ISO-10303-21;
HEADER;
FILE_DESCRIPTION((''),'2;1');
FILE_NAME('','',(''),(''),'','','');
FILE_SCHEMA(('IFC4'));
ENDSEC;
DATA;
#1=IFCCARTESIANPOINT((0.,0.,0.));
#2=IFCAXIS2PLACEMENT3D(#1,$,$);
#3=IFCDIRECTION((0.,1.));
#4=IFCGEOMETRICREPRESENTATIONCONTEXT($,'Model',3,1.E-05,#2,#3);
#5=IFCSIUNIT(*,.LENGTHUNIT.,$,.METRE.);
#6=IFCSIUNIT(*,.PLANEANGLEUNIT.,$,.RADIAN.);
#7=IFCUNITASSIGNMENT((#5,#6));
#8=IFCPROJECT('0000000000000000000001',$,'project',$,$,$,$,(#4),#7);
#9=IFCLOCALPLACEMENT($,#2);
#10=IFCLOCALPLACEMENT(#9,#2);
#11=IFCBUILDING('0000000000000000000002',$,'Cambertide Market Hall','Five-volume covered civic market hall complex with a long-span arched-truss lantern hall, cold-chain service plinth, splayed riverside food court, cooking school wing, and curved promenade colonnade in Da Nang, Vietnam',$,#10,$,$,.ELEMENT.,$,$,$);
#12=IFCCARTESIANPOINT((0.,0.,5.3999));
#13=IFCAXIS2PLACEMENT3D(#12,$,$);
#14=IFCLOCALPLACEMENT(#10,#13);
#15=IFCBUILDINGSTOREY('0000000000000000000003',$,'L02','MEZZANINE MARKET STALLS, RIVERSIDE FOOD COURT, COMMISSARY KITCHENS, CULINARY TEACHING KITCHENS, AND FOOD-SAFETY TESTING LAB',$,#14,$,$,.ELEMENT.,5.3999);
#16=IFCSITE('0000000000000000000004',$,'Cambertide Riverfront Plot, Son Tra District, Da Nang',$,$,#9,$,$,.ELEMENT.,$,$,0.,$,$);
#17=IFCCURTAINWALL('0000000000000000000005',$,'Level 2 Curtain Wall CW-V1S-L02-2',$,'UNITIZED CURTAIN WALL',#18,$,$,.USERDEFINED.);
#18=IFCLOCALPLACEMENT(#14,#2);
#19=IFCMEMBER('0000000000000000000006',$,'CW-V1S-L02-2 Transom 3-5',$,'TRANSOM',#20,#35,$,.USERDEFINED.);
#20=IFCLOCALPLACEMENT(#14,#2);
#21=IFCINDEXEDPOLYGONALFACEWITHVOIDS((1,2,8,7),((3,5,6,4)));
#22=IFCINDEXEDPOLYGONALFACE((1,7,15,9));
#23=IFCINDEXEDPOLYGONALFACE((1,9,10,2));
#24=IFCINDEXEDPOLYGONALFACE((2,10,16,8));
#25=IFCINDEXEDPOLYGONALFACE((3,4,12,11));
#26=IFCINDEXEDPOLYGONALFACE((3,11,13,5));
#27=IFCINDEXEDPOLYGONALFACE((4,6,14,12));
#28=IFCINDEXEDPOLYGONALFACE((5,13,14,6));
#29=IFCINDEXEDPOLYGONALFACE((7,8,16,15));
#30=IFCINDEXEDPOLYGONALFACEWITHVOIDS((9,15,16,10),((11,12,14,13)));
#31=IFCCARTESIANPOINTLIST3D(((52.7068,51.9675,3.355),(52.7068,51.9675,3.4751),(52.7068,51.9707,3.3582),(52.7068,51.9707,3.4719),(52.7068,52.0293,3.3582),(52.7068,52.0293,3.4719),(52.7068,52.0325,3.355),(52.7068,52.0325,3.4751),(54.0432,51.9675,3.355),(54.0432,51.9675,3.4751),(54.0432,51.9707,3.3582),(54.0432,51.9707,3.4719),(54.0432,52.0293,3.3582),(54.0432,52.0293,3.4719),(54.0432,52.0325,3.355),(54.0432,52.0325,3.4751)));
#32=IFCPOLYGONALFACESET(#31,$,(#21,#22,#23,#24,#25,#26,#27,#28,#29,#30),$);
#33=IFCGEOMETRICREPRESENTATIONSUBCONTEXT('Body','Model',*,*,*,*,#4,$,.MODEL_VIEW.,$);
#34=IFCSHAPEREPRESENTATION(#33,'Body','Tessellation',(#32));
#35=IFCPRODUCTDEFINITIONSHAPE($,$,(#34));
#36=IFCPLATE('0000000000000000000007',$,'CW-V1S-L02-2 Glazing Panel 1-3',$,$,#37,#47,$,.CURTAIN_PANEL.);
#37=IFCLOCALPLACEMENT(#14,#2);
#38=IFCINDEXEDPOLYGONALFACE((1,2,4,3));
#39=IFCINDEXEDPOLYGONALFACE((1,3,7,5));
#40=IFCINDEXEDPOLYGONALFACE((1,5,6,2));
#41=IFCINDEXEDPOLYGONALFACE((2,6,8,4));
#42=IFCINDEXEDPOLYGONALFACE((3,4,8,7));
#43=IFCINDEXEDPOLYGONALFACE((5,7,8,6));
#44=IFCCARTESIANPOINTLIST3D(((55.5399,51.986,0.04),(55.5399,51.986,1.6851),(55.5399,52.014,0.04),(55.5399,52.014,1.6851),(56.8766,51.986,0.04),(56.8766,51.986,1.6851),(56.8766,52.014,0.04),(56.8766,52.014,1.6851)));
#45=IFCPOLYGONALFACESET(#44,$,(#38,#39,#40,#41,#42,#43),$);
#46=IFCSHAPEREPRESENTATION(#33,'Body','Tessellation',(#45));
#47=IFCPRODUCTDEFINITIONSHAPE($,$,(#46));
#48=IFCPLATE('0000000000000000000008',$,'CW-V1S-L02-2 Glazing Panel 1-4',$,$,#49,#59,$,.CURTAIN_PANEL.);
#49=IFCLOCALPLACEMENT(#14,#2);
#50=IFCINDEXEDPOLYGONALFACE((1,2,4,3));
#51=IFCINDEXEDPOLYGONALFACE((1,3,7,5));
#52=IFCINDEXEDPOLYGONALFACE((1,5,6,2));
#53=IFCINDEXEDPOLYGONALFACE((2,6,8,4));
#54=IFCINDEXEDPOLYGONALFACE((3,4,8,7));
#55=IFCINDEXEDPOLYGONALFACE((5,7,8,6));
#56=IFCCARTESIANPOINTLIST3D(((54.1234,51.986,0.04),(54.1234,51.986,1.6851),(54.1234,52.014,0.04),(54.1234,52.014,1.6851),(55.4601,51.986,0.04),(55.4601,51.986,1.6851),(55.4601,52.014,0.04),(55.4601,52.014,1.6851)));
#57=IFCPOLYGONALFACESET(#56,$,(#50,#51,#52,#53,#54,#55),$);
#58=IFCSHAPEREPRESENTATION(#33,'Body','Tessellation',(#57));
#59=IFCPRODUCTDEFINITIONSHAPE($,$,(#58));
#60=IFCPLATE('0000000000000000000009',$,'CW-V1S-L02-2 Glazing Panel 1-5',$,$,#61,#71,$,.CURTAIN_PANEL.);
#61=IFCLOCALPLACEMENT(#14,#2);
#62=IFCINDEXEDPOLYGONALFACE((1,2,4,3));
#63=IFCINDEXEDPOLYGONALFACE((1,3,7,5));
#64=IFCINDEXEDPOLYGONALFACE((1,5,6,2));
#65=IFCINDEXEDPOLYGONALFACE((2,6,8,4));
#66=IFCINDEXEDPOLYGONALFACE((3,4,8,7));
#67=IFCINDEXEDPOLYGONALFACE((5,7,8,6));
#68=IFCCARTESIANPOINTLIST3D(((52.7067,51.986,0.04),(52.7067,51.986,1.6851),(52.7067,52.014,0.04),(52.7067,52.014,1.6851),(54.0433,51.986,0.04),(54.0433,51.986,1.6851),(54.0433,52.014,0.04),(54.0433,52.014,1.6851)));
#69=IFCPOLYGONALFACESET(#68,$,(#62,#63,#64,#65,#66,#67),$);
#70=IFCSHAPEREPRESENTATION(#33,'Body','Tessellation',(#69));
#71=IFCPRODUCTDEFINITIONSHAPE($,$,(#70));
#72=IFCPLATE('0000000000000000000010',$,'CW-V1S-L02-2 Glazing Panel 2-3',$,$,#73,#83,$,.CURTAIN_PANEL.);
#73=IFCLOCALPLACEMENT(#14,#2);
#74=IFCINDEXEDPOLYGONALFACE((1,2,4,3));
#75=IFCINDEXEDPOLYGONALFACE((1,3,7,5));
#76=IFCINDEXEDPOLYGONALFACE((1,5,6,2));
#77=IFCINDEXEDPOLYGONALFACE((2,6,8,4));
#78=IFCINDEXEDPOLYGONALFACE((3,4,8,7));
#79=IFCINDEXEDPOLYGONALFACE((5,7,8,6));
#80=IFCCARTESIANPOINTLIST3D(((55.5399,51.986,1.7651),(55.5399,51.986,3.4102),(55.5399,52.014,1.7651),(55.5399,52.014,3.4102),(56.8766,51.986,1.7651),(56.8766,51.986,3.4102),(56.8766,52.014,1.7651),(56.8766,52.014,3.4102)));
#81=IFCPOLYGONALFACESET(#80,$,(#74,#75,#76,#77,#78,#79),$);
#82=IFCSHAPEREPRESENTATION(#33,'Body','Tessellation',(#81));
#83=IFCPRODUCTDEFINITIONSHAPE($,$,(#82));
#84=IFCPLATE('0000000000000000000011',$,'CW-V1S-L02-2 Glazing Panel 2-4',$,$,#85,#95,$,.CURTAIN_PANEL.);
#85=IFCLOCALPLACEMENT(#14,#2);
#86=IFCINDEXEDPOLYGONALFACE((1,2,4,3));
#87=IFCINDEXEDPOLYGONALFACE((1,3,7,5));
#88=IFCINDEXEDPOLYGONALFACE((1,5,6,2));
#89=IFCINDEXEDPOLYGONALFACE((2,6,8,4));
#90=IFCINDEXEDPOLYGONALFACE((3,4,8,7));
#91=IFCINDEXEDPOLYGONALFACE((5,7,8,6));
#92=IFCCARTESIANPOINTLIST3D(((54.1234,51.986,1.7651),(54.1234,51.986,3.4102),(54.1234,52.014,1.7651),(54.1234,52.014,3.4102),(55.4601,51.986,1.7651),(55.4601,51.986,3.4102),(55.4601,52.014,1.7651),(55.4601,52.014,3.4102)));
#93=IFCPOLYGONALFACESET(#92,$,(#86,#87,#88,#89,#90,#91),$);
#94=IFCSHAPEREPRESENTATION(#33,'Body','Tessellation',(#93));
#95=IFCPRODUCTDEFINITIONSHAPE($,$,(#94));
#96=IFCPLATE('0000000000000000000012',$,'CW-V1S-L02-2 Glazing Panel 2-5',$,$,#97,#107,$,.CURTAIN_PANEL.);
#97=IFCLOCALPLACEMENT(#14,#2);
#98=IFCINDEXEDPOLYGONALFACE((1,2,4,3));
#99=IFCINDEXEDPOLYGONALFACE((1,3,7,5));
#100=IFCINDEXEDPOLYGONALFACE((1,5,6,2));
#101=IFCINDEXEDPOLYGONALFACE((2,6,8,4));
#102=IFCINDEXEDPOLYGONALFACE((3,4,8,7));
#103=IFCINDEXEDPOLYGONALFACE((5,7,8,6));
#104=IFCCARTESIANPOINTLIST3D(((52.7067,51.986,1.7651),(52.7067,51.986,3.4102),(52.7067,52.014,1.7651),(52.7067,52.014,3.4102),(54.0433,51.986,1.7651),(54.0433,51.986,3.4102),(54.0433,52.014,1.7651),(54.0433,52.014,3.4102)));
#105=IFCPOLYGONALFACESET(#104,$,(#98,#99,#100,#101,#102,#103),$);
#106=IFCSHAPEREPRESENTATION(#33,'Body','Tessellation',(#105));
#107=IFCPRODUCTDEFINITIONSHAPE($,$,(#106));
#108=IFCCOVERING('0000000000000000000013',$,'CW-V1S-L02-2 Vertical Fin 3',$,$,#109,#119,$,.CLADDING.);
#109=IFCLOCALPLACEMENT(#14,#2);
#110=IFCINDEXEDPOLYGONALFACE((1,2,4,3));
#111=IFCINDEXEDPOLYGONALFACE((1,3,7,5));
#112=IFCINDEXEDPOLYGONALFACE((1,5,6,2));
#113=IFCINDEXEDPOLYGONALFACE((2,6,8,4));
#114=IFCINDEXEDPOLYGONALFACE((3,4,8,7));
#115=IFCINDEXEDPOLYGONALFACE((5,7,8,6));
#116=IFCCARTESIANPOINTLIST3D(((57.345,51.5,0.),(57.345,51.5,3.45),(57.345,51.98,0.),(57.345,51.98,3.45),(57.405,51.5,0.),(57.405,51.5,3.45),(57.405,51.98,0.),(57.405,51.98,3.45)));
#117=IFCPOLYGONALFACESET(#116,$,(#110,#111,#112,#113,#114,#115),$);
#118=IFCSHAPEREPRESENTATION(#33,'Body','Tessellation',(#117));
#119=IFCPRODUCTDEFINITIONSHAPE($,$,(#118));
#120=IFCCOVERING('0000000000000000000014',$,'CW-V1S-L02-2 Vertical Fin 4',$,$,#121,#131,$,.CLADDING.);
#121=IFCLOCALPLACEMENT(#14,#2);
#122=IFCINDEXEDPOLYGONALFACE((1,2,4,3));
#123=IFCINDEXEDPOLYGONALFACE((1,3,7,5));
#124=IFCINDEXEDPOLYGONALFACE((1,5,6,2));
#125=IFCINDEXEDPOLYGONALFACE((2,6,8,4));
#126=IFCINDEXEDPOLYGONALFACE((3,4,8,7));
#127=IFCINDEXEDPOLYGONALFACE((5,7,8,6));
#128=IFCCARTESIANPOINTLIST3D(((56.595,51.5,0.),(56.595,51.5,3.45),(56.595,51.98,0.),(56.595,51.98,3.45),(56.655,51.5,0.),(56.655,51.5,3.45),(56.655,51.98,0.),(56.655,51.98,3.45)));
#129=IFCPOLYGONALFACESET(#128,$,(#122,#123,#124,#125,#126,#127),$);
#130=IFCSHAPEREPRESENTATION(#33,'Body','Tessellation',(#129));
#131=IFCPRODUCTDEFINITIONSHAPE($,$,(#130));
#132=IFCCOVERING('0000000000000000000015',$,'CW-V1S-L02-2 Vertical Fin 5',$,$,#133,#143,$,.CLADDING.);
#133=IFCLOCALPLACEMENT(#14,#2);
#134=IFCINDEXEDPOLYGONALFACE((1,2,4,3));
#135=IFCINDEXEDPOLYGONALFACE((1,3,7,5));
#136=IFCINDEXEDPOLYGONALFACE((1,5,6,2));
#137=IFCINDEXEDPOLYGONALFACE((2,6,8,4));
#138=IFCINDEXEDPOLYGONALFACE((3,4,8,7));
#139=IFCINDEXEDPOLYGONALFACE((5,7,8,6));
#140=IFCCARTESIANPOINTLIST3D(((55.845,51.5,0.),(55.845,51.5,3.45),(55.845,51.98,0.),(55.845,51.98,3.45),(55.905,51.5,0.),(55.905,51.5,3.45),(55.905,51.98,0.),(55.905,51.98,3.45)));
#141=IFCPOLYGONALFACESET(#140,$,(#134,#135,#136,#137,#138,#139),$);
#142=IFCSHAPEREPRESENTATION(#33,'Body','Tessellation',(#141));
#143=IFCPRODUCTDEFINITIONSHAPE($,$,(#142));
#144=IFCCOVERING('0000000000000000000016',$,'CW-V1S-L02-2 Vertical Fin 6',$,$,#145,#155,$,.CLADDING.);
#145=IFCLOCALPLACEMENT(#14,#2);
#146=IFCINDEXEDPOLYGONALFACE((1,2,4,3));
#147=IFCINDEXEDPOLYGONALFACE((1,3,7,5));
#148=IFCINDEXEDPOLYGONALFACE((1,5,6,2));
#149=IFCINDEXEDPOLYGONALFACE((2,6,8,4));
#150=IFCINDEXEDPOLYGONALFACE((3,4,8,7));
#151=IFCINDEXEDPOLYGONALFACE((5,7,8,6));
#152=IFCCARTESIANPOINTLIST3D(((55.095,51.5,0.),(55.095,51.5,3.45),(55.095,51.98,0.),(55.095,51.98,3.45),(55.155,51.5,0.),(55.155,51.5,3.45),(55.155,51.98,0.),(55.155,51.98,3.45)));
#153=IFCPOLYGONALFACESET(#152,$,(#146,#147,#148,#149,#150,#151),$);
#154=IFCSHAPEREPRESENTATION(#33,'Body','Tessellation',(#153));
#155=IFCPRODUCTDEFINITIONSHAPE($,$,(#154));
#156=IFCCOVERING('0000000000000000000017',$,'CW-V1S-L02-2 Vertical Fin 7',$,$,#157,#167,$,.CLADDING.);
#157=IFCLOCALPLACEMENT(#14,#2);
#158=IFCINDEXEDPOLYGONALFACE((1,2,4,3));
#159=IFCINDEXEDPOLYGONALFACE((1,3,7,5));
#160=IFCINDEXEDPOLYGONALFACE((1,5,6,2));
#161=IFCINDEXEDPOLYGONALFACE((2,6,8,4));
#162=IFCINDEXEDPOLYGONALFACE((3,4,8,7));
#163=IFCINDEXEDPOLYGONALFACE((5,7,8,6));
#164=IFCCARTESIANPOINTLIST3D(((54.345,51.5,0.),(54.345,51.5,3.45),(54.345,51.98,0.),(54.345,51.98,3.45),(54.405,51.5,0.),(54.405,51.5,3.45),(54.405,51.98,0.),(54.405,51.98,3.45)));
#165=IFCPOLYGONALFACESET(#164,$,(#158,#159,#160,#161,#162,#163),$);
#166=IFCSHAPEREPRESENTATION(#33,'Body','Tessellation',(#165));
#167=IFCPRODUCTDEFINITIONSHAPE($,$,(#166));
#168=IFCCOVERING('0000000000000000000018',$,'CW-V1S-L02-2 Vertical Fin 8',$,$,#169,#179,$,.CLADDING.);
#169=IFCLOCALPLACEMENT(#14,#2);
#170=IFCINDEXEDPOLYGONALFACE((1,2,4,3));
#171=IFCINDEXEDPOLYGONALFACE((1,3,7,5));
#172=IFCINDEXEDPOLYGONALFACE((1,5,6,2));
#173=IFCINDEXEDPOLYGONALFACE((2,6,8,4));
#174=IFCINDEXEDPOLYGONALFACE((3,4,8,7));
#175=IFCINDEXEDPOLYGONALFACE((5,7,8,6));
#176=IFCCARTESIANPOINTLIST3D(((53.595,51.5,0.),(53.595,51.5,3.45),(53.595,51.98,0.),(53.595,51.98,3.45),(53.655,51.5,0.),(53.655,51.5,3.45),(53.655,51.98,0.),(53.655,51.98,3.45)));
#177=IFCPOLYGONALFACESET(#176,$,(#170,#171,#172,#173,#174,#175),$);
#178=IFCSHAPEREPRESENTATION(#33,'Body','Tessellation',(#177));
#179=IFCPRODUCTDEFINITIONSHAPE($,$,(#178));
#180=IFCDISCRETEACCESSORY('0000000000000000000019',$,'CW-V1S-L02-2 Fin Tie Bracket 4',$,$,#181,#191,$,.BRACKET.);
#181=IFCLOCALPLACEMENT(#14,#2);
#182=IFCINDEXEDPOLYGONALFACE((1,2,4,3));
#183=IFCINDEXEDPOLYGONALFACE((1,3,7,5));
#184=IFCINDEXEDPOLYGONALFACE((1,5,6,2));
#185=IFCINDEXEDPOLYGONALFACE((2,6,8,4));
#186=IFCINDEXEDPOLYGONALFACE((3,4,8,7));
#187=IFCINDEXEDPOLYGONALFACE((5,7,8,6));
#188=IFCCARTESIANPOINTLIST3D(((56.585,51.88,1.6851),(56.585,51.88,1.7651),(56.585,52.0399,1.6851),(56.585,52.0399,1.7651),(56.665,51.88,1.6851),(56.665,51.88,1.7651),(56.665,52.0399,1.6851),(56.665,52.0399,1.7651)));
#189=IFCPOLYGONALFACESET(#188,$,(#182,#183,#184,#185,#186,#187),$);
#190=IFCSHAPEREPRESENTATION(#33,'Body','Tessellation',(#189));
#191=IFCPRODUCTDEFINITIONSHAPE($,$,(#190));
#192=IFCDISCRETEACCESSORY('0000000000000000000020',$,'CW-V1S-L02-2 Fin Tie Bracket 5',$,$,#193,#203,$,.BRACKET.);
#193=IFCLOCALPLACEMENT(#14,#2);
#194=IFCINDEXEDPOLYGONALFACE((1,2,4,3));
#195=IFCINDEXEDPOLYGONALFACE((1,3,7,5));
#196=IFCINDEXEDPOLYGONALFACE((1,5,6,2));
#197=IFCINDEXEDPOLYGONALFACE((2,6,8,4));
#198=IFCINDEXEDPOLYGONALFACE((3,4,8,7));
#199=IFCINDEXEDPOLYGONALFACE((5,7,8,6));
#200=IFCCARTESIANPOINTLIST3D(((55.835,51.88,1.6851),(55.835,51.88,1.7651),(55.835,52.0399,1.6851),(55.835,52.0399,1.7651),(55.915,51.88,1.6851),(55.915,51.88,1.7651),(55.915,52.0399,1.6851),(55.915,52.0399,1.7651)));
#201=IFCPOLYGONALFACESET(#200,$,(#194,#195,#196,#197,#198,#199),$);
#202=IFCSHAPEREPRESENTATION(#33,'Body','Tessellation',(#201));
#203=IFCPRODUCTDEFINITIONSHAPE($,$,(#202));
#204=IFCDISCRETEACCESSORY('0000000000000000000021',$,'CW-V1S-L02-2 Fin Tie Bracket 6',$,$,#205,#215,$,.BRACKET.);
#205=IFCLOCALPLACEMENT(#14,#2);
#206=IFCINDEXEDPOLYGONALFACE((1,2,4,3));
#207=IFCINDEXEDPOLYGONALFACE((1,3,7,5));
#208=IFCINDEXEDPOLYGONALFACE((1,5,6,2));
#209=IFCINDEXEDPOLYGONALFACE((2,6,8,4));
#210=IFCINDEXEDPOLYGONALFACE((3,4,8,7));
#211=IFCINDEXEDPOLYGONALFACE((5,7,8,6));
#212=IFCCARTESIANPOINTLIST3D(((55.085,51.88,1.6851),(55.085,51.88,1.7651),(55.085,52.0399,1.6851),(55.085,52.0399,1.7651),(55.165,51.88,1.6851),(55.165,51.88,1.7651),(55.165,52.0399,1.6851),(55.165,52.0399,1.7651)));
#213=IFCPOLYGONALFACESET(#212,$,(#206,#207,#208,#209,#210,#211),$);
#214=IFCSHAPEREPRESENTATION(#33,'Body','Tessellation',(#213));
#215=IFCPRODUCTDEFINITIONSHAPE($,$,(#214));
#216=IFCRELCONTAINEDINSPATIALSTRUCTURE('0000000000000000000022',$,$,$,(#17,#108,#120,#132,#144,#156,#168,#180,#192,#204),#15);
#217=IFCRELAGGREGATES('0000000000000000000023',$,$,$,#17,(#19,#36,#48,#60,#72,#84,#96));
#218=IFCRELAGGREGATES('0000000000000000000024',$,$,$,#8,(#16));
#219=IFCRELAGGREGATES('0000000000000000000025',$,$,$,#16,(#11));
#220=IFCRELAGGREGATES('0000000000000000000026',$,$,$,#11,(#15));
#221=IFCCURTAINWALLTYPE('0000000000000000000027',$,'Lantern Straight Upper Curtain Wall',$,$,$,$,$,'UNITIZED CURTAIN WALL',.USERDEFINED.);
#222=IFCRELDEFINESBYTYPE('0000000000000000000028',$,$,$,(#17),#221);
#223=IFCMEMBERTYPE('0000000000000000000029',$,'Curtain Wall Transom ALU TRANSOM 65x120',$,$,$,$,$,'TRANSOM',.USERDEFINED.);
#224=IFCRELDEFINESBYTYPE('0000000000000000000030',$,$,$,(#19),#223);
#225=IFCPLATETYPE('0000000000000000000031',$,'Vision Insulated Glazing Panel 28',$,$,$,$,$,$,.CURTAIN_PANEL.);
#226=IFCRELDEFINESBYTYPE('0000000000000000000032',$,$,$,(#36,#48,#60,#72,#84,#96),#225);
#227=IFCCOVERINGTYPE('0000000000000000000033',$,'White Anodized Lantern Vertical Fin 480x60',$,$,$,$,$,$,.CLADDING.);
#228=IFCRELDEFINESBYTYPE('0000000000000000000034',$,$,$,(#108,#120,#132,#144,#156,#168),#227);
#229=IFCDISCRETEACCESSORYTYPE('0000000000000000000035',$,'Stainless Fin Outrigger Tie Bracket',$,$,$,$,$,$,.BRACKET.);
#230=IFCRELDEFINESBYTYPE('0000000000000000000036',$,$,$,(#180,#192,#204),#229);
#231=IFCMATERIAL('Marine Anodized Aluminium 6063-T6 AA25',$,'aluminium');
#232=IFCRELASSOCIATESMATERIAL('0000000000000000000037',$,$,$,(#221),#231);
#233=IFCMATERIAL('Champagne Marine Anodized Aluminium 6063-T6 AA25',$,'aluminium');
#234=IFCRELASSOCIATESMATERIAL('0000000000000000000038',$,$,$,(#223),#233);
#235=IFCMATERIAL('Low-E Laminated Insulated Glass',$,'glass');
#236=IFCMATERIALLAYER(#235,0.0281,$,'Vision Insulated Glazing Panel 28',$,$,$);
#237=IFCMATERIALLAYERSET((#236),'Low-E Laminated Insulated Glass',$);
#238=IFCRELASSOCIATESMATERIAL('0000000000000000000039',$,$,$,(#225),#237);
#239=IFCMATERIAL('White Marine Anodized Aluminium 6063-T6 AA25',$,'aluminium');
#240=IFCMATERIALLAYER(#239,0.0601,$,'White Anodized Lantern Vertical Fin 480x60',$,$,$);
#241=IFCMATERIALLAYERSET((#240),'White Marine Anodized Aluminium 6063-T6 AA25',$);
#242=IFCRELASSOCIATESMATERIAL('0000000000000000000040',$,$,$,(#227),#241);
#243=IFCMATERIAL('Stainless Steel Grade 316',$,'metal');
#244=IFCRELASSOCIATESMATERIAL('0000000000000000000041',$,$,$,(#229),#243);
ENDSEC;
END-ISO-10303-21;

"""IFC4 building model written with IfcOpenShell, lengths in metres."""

from ifc_helpers import new_model, si_unit, direction, frame, origin, origin_2d, place, context, subcontext, project, spatial, rectangle, hollow_rectangle, extrude, material, layer, layer_set, material_profile, profile_set, type_object, element, aggregate, save


model = new_model("IFC4")

# Units and contexts
model_context = context("Model", 3, precision=1e-05, world=origin(), true_north=direction((0.0, 1.0)))
body_context = subcontext(model_context, "Body", "Model", "MODEL_VIEW")
ifc_project = project(units=[si_unit("LENGTHUNIT", "METRE"), si_unit("PLANEANGLEUNIT", "RADIAN")], contexts=[model_context])

# Site, building, storey
site_placement = place(None, origin())
site = spatial("IfcSite", under=ifc_project, at=site_placement, Name="Cambertide Riverfront Plot, Son Tra District, Da Nang", CompositionType="ELEMENT", RefElevation=0.0)
building_placement = place(site_placement, origin())
building = spatial("IfcBuilding", under=site, at=building_placement, Name="Cambertide Market Hall", Description="Five-volume covered civic market hall complex with a long-span arched-truss lantern hall, cold-chain service plinth, splayed riverside food court, cooking school wing, and curved promenade colonnade in Da Nang, Vietnam", CompositionType="ELEMENT")
storey_placement = place(building_placement, frame((0.0, 0.0, 5.3999)))
storey = spatial("IfcBuildingStorey", under=building, at=storey_placement, Name="L02", Description="MEZZANINE MARKET STALLS, RIVERSIDE FOOD COURT, COMMISSARY KITCHENS, CULINARY TEACHING KITCHENS, AND FOOD-SAFETY TESTING LAB", CompositionType="ELEMENT", Elevation=5.3999)

# Curtain wall, member, plates
ifc_material_1 = material(Name="Marine Anodized Aluminium 6063-T6 AA25", Category="aluminium")
curtain_wall_type = type_object("IfcCurtainWallType", Name="Lantern Straight Upper Curtain Wall", ElementType="UNITIZED CURTAIN WALL", PredefinedType="USERDEFINED", material=ifc_material_1)
curtain_wall_placement = place(storey_placement, origin())
curtain_wall = element("IfcCurtainWall", 1, at=curtain_wall_placement, inside=storey, type_object=curtain_wall_type, Name="Level 2 Curtain Wall CW-V1S-L02-2", ObjectType="UNITIZED CURTAIN WALL", PredefinedType="USERDEFINED")
ifc_material_2 = material(Name="Champagne Marine Anodized Aluminium 6063-T6 AA25", Category="aluminium")
ifc_material_profile_1 = material_profile(ifc_material_2, hollow_rectangle(XDim=0.0649, YDim=0.1201, WallThickness=0.0032, at=origin_2d()), Name="ALU TRANSOM 65x120")
ifc_profile_set_1 = profile_set([ifc_material_profile_1], Name="Champagne Marine Anodized Aluminium 6063-T6 AA25")
member_type_1 = type_object("IfcMemberType", Name="Curtain Wall Transom ALU TRANSOM 65x120", ElementType="TRANSOM", PredefinedType="USERDEFINED", material=ifc_profile_set_1)
member_1_placement = place(storey_placement, frame((54.0432, 52.0, 3.415), z_axis=(-1.0, 0.0, 0.0), x_axis=(0.0, -1.0, 0.0)))
member_1 = element("IfcMember", 2, at=member_1_placement, type_object=member_type_1, Name="CW-V1S-L02-2 Transom 3-5", ObjectType="TRANSOM", PredefinedType="USERDEFINED", context=body_context, shape_type="SweptSolid", body=[
    extrude(hollow_rectangle(XDim=0.0649, YDim=0.1201, WallThickness=0.0032, at=origin_2d()), origin(), (0.0, 0.0, 1.0), 1.3364),
])
ifc_material_3 = material(Name="Low-E Laminated Insulated Glass", Category="glass")
ifc_layer_1 = layer(ifc_material_3, 0.0281, Name="Vision Insulated Glazing Panel 28")
ifc_layer_set_1 = layer_set([ifc_layer_1], Name="Low-E Laminated Insulated Glass")
plate_type = type_object("IfcPlateType", Name="Vision Insulated Glazing Panel 28", PredefinedType="CURTAIN_PANEL", material=ifc_layer_set_1)
plate_1_placement = place(storey_placement, frame((56.2083, 52.0, 0.04), z_axis=(0.0, 0.0, 1.0), x_axis=(-1.0, 0.0, 0.0)))
plate_1 = element("IfcPlate", 3, at=plate_1_placement, type_object=plate_type, Name="CW-V1S-L02-2 Glazing Panel 1-3", PredefinedType="CURTAIN_PANEL", context=body_context, shape_type="SweptSolid", body=[
    extrude(rectangle(XDim=1.3367, YDim=0.0281, at=origin_2d()), origin(), (0.0, 0.0, 1.0), 1.645),
])
plate_2_placement = place(storey_placement, frame((54.7917, 52.0, 0.04), z_axis=(0.0, 0.0, 1.0), x_axis=(-1.0, 0.0, 0.0)))
plate_2 = element("IfcPlate", 4, at=plate_2_placement, type_object=plate_type, Name="CW-V1S-L02-2 Glazing Panel 1-4", PredefinedType="CURTAIN_PANEL", context=body_context, shape_type="SweptSolid", body=[
    extrude(rectangle(XDim=1.3367, YDim=0.0281, at=origin_2d()), origin(), (0.0, 0.0, 1.0), 1.645),
])
plate_3_placement = place(storey_placement, frame((53.375, 52.0, 0.04), z_axis=(0.0, 0.0, 1.0), x_axis=(-1.0, 0.0, 0.0)))
plate_3 = element("IfcPlate", 5, at=plate_3_placement, type_object=plate_type, Name="CW-V1S-L02-2 Glazing Panel 1-5", PredefinedType="CURTAIN_PANEL", context=body_context, shape_type="SweptSolid", body=[
    extrude(rectangle(XDim=1.3367, YDim=0.0281, at=origin_2d()), origin(), (0.0, 0.0, 1.0), 1.645),
])
plate_4_placement = place(storey_placement, frame((56.2083, 52.0, 1.7651), z_axis=(0.0, 0.0, 1.0), x_axis=(-1.0, 0.0, 0.0)))
plate_4 = element("IfcPlate", 6, at=plate_4_placement, type_object=plate_type, Name="CW-V1S-L02-2 Glazing Panel 2-3", PredefinedType="CURTAIN_PANEL", context=body_context, shape_type="SweptSolid", body=[
    extrude(rectangle(XDim=1.3367, YDim=0.0281, at=origin_2d()), origin(), (0.0, 0.0, 1.0), 1.645),
])
plate_5_placement = place(storey_placement, frame((54.7917, 52.0, 1.7651), z_axis=(0.0, 0.0, 1.0), x_axis=(-1.0, 0.0, 0.0)))
plate_5 = element("IfcPlate", 7, at=plate_5_placement, type_object=plate_type, Name="CW-V1S-L02-2 Glazing Panel 2-4", PredefinedType="CURTAIN_PANEL", context=body_context, shape_type="SweptSolid", body=[
    extrude(rectangle(XDim=1.3367, YDim=0.0281, at=origin_2d()), origin(), (0.0, 0.0, 1.0), 1.645),
])
plate_6_placement = place(storey_placement, frame((53.375, 52.0, 1.7651), z_axis=(0.0, 0.0, 1.0), x_axis=(-1.0, 0.0, 0.0)))
plate_6 = element("IfcPlate", 8, at=plate_6_placement, type_object=plate_type, Name="CW-V1S-L02-2 Glazing Panel 2-5", PredefinedType="CURTAIN_PANEL", context=body_context, shape_type="SweptSolid", body=[
    extrude(rectangle(XDim=1.3367, YDim=0.0281, at=origin_2d()), origin(), (0.0, 0.0, 1.0), 1.645),
])
aggregate(curtain_wall, [member_1, plate_1, plate_2, plate_3, plate_4, plate_5, plate_6])

# Coverings
ifc_material_4 = material(Name="White Marine Anodized Aluminium 6063-T6 AA25", Category="aluminium")
ifc_layer_2 = layer(ifc_material_4, 0.0601, Name="White Anodized Lantern Vertical Fin 480x60")
ifc_layer_set_2 = layer_set([ifc_layer_2], Name="White Marine Anodized Aluminium 6063-T6 AA25")
covering_type = type_object("IfcCoveringType", Name="White Anodized Lantern Vertical Fin 480x60", PredefinedType="CLADDING", material=ifc_layer_set_2)
for number, where, z_axis, x_axis, name in (
    (9, (57.375, 51.74, 0.0), (0.0, 0.0, 1.0), (-1.0, 0.0, 0.0), "CW-V1S-L02-2 Vertical Fin 3"),
    (10, (56.625, 51.74, 0.0), (0.0, 0.0, 1.0), (-1.0, 0.0, 0.0), "CW-V1S-L02-2 Vertical Fin 4"),
    (11, (55.875, 51.74, 0.0), (0.0, 0.0, 1.0), (-1.0, 0.0, 0.0), "CW-V1S-L02-2 Vertical Fin 5"),
    (12, (55.125, 51.74, 0.0), (0.0, 0.0, 1.0), (-1.0, 0.0, 0.0), "CW-V1S-L02-2 Vertical Fin 6"),
    (13, (54.375, 51.74, 0.0), (0.0, 0.0, 1.0), (-1.0, 0.0, 0.0), "CW-V1S-L02-2 Vertical Fin 7"),
    (14, (53.625, 51.74, 0.0), (0.0, 0.0, 1.0), (-1.0, 0.0, 0.0), "CW-V1S-L02-2 Vertical Fin 8"),
):
    element("IfcCovering", number, at=place(storey_placement, frame(where, z_axis=z_axis, x_axis=x_axis)), inside=storey, type_object=covering_type, Name=name, PredefinedType="CLADDING", context=body_context, shape_type="SweptSolid", body=[
        extrude(rectangle(XDim=0.0601, YDim=0.48, at=origin_2d()), origin(), (0.0, 0.0, 1.0), 3.45),
    ])

# Discrete accessories
ifc_material_5 = material(Name="Stainless Steel Grade 316", Category="metal")
discrete_accessory_type = type_object("IfcDiscreteAccessoryType", Name="Stainless Fin Outrigger Tie Bracket", PredefinedType="BRACKET", material=ifc_material_5)
for number, where, z_axis, x_axis, name in (
    (15, (56.625, 51.96, 1.6851), (0.0, 0.0, 1.0), (-1.0, 0.0, 0.0), "CW-V1S-L02-2 Fin Tie Bracket 4"),
    (16, (55.875, 51.96, 1.6851), (0.0, 0.0, 1.0), (-1.0, 0.0, 0.0), "CW-V1S-L02-2 Fin Tie Bracket 5"),
    (17, (55.125, 51.96, 1.6851), (0.0, 0.0, 1.0), (-1.0, 0.0, 0.0), "CW-V1S-L02-2 Fin Tie Bracket 6"),
):
    element("IfcDiscreteAccessory", number, at=place(storey_placement, frame(where, z_axis=z_axis, x_axis=x_axis)), inside=storey, type_object=discrete_accessory_type, Name=name, PredefinedType="BRACKET", context=body_context, shape_type="SweptSolid", body=[
        extrude(rectangle(XDim=0.0801, YDim=0.1599, at=origin_2d()), origin(), (0.0, 0.0, 1.0), 0.0801),
    ])

save(model, "model.ifc")
